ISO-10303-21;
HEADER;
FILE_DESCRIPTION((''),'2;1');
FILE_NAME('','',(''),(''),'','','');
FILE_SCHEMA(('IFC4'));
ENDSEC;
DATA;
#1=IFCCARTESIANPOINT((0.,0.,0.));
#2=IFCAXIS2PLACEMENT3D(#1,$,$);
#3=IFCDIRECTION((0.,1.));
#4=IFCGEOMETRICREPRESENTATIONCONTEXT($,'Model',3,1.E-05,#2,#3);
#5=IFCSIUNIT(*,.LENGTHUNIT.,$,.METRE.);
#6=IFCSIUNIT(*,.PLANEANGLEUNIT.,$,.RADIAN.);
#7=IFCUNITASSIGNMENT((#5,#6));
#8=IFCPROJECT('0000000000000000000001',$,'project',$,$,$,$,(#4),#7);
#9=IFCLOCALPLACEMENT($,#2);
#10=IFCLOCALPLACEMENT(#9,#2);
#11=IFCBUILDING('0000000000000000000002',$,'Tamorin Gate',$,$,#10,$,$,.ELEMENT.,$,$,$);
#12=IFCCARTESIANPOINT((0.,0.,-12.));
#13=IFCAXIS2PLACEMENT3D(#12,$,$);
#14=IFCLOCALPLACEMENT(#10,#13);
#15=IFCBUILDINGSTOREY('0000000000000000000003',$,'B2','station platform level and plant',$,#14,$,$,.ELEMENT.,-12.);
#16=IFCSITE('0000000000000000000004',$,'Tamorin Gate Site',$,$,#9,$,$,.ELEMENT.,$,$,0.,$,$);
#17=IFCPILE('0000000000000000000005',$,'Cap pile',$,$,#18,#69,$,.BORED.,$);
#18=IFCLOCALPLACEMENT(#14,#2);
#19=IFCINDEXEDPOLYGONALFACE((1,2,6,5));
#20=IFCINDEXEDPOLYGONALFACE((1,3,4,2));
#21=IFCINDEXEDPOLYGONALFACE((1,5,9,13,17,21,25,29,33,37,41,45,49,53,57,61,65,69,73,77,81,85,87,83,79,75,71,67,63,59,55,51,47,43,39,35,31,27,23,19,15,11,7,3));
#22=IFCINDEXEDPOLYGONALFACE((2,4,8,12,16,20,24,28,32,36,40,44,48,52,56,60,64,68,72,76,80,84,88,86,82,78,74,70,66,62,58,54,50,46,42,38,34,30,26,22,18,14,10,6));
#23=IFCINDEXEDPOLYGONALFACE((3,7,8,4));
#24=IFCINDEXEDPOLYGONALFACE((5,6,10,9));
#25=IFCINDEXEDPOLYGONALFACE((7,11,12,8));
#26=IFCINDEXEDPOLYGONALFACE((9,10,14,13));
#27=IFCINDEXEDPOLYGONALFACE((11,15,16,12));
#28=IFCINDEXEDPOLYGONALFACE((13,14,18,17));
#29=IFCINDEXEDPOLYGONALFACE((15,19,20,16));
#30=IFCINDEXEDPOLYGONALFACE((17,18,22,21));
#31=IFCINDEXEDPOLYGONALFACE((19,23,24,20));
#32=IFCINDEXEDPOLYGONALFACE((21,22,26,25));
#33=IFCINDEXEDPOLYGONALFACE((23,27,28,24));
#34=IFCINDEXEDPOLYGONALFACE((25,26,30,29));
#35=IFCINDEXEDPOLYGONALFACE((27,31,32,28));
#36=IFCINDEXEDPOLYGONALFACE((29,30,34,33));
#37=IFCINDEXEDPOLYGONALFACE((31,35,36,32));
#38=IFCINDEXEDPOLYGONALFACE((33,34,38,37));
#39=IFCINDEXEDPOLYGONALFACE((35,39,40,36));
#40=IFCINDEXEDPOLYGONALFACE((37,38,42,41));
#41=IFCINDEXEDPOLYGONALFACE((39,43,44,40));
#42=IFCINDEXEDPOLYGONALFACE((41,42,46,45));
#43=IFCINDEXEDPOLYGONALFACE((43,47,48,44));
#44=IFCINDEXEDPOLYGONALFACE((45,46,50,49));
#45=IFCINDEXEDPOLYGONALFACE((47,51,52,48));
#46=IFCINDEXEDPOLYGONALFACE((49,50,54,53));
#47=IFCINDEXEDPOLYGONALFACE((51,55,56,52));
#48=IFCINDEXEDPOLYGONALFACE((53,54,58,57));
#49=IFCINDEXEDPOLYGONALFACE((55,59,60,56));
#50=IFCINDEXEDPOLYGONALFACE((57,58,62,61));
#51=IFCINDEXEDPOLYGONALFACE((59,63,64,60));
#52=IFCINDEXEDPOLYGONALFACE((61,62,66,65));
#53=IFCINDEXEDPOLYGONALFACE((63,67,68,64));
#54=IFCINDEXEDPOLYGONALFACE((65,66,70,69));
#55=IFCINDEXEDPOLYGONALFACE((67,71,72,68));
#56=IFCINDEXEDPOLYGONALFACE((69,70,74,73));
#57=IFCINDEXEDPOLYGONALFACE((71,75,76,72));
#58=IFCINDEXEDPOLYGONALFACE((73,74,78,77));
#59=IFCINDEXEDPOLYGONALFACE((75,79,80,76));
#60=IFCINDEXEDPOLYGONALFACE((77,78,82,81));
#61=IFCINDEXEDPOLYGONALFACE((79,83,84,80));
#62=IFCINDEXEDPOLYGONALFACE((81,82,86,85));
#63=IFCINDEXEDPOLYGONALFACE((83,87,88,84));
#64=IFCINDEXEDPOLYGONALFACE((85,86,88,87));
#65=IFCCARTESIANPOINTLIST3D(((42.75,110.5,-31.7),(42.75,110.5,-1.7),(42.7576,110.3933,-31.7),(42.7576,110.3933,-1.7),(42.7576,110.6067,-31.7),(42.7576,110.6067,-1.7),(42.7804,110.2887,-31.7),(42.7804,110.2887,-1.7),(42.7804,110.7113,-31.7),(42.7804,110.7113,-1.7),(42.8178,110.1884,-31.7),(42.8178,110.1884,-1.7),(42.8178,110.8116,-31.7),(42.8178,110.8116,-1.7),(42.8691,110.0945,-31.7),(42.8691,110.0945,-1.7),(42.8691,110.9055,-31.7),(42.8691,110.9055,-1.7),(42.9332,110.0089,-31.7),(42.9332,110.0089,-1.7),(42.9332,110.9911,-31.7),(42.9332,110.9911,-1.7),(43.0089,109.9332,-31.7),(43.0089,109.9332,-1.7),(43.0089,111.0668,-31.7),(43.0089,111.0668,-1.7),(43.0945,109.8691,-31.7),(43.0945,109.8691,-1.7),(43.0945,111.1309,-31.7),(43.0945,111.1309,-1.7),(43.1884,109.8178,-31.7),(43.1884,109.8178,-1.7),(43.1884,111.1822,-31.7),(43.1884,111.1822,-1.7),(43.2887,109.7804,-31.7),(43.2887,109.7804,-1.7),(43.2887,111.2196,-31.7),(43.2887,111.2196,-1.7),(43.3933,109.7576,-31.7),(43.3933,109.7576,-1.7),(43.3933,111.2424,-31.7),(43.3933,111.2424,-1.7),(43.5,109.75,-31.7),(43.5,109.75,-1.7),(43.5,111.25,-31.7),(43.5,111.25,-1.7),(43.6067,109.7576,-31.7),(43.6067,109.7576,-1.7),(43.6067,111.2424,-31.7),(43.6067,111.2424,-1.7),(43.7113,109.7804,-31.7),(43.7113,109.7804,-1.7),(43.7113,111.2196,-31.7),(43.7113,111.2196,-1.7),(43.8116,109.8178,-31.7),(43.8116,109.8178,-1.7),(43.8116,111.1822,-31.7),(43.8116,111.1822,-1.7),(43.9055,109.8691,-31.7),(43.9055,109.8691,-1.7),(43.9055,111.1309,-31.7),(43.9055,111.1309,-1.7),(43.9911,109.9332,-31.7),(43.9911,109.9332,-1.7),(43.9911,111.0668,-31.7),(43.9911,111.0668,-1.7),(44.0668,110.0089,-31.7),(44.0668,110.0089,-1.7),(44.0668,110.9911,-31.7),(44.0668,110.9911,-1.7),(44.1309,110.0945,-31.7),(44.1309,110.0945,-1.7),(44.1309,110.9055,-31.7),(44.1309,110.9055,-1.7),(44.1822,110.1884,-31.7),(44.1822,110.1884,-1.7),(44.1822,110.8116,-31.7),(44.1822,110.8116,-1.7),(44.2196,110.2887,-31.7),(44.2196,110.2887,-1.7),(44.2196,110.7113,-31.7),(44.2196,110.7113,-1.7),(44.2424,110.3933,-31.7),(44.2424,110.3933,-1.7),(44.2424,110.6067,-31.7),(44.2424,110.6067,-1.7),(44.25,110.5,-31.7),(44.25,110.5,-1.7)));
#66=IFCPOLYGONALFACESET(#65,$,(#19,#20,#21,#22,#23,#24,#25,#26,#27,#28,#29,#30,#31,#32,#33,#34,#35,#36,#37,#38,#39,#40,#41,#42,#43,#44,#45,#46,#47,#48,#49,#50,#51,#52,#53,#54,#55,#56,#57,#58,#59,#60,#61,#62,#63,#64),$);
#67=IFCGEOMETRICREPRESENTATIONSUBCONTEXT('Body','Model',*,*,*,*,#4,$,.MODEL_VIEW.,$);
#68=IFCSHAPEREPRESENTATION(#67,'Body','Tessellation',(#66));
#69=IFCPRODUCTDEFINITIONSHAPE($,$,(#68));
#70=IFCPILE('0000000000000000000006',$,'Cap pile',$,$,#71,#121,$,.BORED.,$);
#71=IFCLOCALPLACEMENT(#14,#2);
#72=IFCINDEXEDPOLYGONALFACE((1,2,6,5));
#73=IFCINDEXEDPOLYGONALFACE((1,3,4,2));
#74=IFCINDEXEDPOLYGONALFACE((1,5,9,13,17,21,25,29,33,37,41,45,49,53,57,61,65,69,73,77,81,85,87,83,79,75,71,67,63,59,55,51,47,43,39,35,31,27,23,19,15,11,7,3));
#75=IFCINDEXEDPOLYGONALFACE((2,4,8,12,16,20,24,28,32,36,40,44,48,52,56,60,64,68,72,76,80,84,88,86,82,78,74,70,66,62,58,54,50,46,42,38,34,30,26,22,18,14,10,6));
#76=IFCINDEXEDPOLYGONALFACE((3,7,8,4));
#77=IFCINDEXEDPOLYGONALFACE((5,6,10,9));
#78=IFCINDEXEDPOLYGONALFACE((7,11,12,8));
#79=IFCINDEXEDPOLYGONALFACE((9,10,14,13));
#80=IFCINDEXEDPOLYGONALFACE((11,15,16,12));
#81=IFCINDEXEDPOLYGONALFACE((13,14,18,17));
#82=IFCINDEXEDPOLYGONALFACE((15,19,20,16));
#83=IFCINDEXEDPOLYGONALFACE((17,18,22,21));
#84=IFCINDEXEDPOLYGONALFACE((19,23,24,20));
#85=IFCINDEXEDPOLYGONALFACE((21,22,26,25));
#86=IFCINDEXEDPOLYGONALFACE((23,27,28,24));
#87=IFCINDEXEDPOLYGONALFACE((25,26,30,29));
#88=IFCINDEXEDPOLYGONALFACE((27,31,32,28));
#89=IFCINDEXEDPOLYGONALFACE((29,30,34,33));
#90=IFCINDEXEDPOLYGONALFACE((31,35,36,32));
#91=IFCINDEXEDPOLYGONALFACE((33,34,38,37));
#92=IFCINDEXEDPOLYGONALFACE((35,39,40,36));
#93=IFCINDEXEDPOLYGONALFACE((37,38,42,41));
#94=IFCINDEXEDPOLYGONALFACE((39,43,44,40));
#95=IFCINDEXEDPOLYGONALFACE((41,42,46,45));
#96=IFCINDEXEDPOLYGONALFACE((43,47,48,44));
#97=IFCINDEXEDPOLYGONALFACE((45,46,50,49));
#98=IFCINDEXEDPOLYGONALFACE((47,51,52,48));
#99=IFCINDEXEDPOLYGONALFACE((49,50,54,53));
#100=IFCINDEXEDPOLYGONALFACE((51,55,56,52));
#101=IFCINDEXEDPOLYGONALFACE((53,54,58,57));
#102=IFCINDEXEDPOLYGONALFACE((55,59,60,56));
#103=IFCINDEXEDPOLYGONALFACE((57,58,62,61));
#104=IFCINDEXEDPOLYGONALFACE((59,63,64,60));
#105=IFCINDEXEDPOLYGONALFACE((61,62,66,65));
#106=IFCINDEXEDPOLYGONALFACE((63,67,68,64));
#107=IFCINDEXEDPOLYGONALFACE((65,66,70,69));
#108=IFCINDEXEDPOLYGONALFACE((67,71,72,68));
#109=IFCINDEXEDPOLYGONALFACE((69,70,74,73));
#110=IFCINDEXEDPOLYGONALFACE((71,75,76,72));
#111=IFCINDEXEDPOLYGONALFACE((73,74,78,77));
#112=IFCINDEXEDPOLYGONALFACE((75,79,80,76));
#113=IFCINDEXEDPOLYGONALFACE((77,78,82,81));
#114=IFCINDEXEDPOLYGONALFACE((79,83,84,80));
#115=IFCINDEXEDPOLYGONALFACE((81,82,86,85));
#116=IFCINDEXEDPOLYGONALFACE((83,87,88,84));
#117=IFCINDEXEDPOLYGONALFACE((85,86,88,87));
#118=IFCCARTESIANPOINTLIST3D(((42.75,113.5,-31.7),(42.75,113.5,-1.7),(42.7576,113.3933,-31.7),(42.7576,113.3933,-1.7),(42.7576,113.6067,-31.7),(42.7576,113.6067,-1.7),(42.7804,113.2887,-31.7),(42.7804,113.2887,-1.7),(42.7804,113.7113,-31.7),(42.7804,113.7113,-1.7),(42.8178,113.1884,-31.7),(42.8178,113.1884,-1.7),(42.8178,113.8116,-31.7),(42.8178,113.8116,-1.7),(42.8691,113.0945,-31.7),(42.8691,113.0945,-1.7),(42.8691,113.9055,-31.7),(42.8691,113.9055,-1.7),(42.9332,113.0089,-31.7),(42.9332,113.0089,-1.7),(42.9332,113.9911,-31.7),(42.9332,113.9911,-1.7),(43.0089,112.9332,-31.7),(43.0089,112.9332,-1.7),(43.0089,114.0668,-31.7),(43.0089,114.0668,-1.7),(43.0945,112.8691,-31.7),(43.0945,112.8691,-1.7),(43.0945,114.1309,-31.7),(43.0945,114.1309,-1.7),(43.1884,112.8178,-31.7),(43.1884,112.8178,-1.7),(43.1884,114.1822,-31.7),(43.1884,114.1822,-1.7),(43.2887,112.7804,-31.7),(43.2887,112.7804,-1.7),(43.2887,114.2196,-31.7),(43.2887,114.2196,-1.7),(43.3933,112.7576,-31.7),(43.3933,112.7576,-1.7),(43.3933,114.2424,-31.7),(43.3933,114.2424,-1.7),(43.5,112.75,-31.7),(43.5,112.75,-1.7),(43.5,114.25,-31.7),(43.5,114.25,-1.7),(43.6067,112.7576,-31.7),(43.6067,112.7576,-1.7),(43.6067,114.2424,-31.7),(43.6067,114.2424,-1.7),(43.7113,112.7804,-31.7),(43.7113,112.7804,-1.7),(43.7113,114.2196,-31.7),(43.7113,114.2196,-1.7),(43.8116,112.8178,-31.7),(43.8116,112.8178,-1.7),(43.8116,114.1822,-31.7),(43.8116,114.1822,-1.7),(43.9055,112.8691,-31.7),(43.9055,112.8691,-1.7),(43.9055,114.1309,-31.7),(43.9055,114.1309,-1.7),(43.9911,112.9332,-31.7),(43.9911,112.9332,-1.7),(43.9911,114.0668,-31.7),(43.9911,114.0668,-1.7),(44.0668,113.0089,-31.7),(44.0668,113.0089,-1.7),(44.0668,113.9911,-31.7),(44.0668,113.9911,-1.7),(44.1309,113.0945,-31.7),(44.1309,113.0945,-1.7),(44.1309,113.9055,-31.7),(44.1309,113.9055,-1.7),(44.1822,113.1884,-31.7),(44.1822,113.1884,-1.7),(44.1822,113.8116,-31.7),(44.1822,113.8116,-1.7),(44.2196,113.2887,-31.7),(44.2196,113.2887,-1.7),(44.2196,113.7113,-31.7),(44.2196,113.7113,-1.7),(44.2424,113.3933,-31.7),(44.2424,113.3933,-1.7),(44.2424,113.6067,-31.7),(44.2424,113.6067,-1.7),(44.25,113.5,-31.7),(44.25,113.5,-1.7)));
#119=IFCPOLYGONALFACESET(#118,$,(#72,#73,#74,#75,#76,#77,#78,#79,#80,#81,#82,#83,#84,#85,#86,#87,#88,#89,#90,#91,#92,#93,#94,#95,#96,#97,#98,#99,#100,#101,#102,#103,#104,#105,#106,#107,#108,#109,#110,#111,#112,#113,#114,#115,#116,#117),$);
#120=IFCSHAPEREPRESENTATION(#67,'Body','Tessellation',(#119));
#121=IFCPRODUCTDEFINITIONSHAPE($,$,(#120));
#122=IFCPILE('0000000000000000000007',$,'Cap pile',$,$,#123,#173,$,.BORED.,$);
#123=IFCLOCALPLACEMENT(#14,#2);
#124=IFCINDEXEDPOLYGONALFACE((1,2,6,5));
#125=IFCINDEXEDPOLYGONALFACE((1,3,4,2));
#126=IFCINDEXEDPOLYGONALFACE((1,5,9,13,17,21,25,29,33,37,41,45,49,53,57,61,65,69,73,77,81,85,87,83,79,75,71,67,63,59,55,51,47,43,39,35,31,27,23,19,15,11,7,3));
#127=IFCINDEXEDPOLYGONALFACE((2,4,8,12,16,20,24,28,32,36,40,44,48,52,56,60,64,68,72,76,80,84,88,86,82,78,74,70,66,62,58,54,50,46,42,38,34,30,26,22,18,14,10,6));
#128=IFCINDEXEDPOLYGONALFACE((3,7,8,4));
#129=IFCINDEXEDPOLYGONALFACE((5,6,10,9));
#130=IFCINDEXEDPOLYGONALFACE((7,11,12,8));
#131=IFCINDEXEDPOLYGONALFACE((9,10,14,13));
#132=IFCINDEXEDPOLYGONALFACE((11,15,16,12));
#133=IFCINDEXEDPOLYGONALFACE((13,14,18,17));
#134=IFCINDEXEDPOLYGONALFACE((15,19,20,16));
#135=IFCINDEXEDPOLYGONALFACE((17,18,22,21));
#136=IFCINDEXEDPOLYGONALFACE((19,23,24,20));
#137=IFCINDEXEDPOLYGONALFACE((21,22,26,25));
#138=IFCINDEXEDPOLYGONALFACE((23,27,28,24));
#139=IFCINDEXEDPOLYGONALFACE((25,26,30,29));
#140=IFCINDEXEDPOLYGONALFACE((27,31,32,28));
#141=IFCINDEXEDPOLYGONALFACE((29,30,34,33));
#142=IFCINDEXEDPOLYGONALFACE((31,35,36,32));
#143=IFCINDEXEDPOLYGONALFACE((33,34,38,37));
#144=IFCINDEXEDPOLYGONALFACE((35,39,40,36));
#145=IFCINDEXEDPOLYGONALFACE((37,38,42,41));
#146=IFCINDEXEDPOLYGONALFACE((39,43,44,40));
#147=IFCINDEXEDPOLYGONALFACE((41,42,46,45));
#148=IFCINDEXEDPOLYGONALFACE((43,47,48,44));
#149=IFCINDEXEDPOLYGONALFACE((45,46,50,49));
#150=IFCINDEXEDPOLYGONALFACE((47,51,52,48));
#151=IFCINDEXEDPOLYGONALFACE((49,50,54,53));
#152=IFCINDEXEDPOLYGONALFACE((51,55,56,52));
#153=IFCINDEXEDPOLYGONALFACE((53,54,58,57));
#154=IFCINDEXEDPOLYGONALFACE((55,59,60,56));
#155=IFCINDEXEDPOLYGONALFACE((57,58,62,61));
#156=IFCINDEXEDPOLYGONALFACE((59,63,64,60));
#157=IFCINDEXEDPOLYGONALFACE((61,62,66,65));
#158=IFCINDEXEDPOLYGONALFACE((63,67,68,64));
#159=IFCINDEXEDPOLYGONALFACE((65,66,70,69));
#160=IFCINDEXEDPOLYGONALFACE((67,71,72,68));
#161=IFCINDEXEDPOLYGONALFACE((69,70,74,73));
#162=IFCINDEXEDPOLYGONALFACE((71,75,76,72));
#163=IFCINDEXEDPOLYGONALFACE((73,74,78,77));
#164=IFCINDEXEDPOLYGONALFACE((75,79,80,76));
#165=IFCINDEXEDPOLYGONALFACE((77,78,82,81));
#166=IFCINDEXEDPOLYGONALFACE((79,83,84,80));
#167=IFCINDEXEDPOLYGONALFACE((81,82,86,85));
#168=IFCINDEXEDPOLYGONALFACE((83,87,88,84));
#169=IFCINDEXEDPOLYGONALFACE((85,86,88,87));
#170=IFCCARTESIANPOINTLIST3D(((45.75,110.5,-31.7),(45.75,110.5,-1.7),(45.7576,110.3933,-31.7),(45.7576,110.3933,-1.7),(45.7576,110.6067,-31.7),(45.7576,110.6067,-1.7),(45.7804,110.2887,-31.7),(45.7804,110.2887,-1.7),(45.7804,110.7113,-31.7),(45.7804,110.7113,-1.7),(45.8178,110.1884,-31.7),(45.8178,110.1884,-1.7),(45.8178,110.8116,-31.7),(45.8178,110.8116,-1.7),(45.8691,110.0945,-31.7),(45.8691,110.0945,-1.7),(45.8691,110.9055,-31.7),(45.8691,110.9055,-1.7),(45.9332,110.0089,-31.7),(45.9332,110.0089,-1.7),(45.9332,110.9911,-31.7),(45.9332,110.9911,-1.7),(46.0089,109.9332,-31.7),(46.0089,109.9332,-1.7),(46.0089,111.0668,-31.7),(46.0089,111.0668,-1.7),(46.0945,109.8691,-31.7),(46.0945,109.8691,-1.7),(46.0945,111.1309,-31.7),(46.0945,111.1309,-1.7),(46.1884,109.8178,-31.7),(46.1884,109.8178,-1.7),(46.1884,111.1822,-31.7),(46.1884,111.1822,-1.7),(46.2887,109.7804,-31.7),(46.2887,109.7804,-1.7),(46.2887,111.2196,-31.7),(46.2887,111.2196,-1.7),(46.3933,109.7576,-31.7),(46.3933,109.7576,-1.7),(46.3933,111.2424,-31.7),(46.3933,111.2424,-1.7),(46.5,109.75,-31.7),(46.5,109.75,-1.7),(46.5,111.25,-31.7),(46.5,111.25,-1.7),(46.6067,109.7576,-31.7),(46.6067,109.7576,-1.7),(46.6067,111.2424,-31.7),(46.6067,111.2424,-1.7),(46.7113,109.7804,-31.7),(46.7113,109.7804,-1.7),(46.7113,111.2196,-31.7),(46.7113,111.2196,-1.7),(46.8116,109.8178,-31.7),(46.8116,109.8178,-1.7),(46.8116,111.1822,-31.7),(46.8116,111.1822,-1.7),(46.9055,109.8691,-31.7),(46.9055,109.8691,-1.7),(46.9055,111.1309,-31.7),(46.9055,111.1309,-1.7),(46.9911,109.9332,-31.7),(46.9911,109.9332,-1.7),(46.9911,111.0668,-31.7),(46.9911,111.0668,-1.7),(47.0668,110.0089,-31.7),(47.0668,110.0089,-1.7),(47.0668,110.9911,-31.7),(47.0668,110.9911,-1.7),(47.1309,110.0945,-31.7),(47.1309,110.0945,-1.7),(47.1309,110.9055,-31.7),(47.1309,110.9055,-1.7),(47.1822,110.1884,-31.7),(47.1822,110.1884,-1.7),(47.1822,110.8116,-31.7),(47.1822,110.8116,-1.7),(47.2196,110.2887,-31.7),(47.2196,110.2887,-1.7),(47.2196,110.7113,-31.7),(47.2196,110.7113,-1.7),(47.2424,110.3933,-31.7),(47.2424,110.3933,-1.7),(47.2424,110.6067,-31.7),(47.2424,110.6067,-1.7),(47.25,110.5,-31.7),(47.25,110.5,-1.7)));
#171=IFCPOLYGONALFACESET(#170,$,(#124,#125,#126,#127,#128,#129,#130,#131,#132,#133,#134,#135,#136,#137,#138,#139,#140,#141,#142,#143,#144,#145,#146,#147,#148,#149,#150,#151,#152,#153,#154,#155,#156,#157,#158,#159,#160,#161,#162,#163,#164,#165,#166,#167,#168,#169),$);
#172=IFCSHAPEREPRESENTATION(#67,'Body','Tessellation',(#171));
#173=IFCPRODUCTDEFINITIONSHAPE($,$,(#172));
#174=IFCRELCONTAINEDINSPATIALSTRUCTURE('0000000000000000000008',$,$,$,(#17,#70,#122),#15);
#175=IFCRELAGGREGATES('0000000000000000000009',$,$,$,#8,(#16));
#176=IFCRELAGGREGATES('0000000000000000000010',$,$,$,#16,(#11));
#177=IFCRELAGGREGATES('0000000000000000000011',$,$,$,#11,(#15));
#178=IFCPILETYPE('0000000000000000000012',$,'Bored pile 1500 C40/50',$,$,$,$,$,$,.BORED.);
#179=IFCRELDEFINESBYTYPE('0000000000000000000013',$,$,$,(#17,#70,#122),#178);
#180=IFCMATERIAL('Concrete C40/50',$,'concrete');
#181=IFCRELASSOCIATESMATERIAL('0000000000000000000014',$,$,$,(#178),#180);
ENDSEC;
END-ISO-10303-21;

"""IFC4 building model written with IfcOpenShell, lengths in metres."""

from ifc_helpers import new_model, si_unit, direction, frame, origin, origin_2d, place, context, subcontext, project, spatial, circle, extrude, material, material_profile, profile_set, type_object, element, save


model = new_model("IFC4")

# Units and contexts
model_context = context("Model", 3, precision=1e-05, world=origin(), true_north=direction((0.0, 1.0)))
body_context = subcontext(model_context, "Body", "Model", "MODEL_VIEW")
ifc_project = project(units=[si_unit("LENGTHUNIT", "METRE"), si_unit("PLANEANGLEUNIT", "RADIAN")], contexts=[model_context])

# Site, building, storey
site_placement = place(None, origin())
site = spatial("IfcSite", under=ifc_project, at=site_placement, Name="Tamorin Gate Site", CompositionType="ELEMENT", RefElevation=0.0)
building_placement = place(site_placement, origin())
building = spatial("IfcBuilding", under=site, at=building_placement, Name="Tamorin Gate", CompositionType="ELEMENT")
storey_placement = place(building_placement, frame((0.0, 0.0, -12.0)))
storey = spatial("IfcBuildingStorey", under=building, at=storey_placement, Name="B2", Description="station platform level and plant", CompositionType="ELEMENT", Elevation=-12.0)

# Piles
ifc_material_1 = material(Name="Concrete C40/50", Category="concrete")
ifc_material_profile_1 = material_profile(ifc_material_1, circle(Radius=0.75, at=origin_2d()))
ifc_profile_set_1 = profile_set([ifc_material_profile_1], Name="Concrete C40/50")
pile_type = type_object("IfcPileType", Name="Bored pile 1500 C40/50", PredefinedType="BORED", material=ifc_profile_set_1)
for number, where, z_axis, x_axis, name in (
    (1, (43.5, 110.5, -1.7), (0.0, 0.0, -1.0), (1.0, 0.0, 0.0), "Cap pile"),
    (2, (43.5, 113.5, -1.7), (0.0, 0.0, -1.0), (1.0, 0.0, 0.0), "Cap pile"),
    (3, (46.5, 110.5, -1.7), (0.0, 0.0, -1.0), (1.0, 0.0, 0.0), "Cap pile"),
):
    element("IfcPile", number, at=place(storey_placement, frame(where, z_axis=z_axis, x_axis=x_axis)), inside=storey, type_object=pile_type, Name=name, PredefinedType="BORED", context=body_context, shape_type="SweptSolid", body=[
        extrude(circle(Radius=0.75, at=origin_2d()), origin(), (0.0, 0.0, 1.0), 30.0),
    ])

save(model, "model.ifc")
